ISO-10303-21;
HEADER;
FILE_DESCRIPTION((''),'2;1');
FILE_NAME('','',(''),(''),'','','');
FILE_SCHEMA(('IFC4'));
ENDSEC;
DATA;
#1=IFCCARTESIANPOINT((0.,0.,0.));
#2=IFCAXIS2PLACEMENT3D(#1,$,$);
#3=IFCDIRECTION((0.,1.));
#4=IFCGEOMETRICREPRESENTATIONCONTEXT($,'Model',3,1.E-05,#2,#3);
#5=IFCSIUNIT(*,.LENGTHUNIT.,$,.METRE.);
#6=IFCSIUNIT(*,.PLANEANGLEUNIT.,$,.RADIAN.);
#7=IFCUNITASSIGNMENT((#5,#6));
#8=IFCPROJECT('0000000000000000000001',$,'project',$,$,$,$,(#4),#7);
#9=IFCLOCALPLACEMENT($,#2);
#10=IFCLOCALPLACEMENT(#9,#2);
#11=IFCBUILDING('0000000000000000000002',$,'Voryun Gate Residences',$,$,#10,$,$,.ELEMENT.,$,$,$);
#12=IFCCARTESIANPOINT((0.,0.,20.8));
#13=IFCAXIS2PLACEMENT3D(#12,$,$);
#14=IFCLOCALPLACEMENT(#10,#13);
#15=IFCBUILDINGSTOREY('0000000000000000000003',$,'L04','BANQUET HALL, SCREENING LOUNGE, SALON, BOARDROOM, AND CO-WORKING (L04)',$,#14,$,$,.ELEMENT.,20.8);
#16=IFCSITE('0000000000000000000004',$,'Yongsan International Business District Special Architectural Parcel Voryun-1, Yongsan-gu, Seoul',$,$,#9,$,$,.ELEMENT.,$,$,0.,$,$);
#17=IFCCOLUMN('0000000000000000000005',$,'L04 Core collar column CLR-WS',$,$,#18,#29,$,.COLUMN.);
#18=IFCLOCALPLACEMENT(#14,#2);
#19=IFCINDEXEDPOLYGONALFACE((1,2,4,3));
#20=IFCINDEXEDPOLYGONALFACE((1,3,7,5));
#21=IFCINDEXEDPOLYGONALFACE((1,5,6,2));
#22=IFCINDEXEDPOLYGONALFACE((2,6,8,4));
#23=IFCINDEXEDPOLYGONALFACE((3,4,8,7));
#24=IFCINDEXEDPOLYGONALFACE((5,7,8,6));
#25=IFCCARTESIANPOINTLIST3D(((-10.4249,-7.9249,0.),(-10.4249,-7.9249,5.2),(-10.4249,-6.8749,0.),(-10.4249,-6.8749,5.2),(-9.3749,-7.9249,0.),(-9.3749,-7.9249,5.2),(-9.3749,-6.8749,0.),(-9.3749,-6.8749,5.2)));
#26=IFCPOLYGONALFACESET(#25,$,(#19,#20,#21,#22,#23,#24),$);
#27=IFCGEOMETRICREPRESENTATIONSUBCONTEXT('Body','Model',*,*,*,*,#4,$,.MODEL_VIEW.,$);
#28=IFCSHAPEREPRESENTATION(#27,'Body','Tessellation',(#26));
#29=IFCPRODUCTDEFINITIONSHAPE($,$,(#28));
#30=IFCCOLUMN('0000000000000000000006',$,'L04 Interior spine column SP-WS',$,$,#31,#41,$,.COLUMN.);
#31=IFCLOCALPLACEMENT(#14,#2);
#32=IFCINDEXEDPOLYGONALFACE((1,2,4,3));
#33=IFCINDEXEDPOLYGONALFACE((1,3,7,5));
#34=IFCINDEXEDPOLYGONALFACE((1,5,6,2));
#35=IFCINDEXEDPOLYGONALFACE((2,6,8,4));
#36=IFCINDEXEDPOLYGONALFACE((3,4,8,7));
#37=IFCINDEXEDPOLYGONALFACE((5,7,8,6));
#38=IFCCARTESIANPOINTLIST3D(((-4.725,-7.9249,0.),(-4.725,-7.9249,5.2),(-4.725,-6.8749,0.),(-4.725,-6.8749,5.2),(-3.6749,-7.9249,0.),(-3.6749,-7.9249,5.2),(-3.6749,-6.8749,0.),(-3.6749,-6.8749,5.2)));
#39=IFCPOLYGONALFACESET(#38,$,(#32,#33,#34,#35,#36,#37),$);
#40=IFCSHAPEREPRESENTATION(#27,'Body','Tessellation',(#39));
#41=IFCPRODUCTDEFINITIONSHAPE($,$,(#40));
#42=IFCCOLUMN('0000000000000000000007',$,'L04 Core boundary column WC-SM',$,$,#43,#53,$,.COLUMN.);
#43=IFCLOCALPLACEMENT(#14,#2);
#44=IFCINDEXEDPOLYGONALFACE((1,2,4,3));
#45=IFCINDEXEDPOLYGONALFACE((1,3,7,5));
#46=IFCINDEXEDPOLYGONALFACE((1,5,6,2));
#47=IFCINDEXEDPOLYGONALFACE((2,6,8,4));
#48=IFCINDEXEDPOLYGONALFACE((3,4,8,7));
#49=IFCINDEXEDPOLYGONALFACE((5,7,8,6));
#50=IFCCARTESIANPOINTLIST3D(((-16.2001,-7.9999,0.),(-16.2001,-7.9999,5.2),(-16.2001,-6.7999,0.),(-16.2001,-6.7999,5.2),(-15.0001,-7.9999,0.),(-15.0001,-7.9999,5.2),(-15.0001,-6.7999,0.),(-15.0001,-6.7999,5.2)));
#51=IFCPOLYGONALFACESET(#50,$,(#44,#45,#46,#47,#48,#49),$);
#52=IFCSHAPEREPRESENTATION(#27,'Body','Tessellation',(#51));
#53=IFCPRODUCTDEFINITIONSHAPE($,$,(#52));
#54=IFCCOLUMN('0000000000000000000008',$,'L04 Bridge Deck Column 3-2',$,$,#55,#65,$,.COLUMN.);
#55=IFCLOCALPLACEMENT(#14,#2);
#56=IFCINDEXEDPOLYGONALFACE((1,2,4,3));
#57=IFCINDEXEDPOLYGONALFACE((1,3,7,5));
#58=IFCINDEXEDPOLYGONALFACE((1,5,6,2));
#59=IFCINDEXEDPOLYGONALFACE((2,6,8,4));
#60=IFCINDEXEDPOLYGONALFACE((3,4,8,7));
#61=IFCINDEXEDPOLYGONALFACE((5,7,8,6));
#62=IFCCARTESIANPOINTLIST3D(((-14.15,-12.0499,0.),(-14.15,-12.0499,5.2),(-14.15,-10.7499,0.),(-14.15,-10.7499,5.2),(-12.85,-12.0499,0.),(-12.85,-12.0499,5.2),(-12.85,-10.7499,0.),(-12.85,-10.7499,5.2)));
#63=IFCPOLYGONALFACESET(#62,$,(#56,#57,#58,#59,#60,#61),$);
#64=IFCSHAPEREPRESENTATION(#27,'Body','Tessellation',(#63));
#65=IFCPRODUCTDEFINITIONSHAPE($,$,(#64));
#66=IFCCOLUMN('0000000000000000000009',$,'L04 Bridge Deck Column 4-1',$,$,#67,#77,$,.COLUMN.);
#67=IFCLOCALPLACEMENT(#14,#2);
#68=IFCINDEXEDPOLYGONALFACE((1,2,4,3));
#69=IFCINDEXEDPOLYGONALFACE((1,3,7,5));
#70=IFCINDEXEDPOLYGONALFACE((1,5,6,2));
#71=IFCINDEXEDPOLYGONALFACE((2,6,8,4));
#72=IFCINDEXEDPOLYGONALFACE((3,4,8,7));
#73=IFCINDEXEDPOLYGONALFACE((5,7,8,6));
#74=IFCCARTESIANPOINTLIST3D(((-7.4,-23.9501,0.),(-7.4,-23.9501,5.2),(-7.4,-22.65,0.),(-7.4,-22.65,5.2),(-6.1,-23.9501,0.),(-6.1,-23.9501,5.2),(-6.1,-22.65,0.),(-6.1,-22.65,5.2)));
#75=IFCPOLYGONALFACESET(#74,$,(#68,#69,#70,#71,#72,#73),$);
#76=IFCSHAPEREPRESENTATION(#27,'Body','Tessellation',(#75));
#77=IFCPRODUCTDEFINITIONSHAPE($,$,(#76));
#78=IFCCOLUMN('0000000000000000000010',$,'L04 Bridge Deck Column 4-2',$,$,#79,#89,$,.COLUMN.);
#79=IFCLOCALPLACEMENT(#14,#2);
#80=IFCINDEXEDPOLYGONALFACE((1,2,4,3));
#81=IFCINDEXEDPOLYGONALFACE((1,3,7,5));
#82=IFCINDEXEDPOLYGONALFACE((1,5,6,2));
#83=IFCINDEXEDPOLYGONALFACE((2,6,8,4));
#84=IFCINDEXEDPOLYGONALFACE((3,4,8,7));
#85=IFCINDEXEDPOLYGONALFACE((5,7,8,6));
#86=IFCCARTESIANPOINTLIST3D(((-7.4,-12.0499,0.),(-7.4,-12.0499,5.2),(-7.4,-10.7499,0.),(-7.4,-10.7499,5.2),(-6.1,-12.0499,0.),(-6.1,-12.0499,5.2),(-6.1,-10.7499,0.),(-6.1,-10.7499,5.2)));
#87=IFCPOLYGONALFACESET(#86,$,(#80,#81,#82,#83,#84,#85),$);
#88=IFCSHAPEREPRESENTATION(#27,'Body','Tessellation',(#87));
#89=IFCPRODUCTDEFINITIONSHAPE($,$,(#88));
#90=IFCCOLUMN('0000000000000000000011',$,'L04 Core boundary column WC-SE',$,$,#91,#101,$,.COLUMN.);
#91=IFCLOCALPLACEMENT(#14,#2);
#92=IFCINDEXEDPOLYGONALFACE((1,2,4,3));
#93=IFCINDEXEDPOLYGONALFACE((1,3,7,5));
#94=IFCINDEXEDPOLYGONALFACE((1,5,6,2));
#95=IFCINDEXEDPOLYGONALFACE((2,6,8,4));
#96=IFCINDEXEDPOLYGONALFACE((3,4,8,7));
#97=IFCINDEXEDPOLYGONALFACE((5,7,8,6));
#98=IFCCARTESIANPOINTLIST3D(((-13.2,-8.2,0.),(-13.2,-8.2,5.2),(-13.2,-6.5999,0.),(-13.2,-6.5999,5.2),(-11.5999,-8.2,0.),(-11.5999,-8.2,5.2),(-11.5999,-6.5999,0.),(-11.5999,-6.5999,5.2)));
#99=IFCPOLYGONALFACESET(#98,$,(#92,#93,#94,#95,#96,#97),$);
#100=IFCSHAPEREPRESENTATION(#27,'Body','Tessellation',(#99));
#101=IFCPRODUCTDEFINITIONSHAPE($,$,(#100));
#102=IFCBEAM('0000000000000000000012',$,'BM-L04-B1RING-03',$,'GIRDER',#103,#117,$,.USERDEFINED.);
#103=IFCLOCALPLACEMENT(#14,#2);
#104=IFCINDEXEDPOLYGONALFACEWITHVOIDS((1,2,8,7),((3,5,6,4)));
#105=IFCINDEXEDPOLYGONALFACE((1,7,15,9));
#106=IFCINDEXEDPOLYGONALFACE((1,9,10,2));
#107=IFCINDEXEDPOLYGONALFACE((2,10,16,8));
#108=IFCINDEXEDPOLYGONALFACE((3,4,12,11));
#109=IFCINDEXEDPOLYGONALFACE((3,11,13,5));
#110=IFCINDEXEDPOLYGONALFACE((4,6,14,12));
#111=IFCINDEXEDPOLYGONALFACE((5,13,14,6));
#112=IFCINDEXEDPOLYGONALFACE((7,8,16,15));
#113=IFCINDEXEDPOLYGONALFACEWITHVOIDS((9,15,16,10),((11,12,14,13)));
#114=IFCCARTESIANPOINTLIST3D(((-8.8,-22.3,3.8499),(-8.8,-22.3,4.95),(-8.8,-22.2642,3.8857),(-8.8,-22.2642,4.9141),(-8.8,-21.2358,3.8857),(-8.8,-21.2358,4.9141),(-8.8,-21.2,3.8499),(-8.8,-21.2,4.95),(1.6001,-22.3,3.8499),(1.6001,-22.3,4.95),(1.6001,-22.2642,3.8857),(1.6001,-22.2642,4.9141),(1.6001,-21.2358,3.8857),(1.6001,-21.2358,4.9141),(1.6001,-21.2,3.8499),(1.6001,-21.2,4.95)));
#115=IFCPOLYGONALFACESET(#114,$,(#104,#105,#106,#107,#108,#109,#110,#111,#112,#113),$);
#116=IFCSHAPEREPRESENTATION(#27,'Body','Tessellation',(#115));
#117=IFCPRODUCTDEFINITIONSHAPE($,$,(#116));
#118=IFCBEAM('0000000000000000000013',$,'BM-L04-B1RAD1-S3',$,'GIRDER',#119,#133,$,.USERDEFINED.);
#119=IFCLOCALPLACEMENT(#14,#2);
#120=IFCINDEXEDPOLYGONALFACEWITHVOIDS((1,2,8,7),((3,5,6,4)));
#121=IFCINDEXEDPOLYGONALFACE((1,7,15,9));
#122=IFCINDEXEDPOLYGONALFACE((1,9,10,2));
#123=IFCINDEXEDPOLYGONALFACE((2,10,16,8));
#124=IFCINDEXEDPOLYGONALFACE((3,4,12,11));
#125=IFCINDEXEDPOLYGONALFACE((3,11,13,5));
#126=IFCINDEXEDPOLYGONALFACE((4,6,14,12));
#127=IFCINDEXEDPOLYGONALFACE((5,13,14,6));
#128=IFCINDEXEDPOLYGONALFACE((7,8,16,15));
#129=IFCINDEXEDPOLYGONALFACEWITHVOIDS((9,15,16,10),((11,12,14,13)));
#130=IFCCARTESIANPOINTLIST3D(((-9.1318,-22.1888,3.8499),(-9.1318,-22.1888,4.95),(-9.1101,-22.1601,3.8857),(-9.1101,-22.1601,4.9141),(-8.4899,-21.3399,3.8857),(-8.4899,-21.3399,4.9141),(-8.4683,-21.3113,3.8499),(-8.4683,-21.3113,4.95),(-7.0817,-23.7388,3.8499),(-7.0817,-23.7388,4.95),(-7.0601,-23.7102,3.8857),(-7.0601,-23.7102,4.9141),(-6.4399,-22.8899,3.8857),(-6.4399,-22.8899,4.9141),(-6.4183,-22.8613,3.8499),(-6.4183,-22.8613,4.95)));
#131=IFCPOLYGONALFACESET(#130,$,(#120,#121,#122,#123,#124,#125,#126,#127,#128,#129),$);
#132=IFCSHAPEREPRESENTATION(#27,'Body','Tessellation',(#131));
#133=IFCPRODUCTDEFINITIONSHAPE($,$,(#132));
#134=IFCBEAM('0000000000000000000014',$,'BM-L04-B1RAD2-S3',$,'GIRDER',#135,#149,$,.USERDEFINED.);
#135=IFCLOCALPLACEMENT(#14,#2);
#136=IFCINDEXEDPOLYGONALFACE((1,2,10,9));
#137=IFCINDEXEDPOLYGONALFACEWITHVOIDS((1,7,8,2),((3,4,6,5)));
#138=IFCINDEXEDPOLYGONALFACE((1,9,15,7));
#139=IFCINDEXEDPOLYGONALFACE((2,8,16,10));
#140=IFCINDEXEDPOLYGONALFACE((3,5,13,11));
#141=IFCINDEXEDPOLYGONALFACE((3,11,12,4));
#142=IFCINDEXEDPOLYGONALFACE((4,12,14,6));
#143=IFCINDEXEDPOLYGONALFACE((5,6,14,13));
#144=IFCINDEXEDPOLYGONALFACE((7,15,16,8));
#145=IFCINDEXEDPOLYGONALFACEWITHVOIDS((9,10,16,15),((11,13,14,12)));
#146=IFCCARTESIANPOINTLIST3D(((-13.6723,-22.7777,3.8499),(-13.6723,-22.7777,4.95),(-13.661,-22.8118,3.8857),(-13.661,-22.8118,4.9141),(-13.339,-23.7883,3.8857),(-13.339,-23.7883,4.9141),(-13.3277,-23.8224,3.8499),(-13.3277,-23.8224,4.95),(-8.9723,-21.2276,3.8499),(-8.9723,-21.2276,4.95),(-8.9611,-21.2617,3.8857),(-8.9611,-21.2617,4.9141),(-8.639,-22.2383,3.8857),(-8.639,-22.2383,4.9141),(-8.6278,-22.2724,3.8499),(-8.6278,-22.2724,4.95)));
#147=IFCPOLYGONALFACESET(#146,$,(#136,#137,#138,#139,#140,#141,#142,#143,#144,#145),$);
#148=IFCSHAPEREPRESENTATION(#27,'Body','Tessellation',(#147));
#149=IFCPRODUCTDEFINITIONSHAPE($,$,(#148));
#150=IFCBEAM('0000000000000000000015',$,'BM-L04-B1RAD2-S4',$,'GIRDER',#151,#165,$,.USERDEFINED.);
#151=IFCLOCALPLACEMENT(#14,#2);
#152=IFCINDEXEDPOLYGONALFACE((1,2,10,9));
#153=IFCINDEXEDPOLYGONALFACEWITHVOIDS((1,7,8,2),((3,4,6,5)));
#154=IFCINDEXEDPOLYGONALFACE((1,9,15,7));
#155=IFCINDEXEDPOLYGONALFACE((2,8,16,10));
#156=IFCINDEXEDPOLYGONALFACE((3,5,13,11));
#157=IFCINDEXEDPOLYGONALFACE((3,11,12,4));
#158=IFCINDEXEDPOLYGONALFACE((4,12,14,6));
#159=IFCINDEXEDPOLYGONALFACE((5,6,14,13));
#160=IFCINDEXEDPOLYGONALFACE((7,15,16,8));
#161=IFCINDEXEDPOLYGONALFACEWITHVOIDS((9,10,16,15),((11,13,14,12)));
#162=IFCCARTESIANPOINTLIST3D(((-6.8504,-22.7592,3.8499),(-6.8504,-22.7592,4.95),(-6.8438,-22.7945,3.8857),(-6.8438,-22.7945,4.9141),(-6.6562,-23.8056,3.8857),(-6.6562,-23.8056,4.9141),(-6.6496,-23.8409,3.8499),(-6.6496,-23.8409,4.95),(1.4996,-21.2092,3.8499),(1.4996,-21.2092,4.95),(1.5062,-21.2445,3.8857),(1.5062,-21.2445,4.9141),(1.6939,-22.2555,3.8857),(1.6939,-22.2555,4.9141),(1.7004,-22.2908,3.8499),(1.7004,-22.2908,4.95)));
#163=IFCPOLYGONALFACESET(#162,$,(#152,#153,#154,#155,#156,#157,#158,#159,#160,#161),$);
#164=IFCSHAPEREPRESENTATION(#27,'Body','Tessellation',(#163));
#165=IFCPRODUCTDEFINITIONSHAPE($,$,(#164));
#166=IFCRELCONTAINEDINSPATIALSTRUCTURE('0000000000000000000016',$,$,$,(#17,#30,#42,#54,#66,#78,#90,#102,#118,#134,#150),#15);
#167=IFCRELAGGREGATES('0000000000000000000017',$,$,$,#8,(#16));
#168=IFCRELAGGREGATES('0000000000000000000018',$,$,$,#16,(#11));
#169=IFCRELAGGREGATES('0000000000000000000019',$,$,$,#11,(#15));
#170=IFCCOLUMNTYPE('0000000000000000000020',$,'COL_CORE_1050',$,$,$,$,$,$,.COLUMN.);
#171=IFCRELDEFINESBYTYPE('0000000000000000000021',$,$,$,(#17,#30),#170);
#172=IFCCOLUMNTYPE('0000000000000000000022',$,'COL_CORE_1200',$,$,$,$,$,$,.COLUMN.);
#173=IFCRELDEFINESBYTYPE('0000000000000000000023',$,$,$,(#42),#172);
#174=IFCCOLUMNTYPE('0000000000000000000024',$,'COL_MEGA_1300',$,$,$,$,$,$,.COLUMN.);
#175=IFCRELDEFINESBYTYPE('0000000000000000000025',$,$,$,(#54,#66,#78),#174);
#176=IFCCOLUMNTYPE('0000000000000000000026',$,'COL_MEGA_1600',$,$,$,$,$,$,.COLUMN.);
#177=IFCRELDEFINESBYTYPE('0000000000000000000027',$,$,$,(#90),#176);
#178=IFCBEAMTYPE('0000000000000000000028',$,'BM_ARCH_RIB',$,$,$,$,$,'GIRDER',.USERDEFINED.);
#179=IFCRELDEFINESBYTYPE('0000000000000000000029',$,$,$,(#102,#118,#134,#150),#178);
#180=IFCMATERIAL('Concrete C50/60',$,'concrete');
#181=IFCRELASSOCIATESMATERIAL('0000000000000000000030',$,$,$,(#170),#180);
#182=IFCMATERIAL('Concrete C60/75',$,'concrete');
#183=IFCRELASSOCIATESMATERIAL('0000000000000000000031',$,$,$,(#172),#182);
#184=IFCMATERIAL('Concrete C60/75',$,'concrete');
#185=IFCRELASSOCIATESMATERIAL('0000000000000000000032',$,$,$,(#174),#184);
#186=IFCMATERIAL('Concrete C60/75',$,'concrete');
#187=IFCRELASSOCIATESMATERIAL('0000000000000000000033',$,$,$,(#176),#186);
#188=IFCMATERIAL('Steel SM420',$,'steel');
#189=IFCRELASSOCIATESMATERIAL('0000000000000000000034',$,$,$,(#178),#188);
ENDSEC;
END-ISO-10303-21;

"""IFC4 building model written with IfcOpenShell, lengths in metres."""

from ifc_helpers import new_model, si_unit, direction, frame, origin, origin_2d, place, context, subcontext, project, spatial, rectangle, hollow_rectangle, extrude, material, material_profile, profile_set, type_object, element, save


model = new_model("IFC4")

# Units and contexts
model_context = context("Model", 3, precision=1e-05, world=origin(), true_north=direction((0.0, 1.0)))
body_context = subcontext(model_context, "Body", "Model", "MODEL_VIEW")
ifc_project = project(units=[si_unit("LENGTHUNIT", "METRE"), si_unit("PLANEANGLEUNIT", "RADIAN")], contexts=[model_context])

# Site, building, storey
site_placement = place(None, origin())
site = spatial("IfcSite", under=ifc_project, at=site_placement, Name="Yongsan International Business District Special Architectural Parcel Voryun-1, Yongsan-gu, Seoul", CompositionType="ELEMENT", RefElevation=0.0)
building_placement = place(site_placement, origin())
building = spatial("IfcBuilding", under=site, at=building_placement, Name="Voryun Gate Residences", CompositionType="ELEMENT")
storey_placement = place(building_placement, frame((0.0, 0.0, 20.8)))
storey = spatial("IfcBuildingStorey", under=building, at=storey_placement, Name="L04", Description="BANQUET HALL, SCREENING LOUNGE, SALON, BOARDROOM, AND CO-WORKING (L04)", CompositionType="ELEMENT", Elevation=20.8)

# Columns
ifc_material_1 = material(Name="Concrete C50/60", Category="concrete")
ifc_material_profile_1 = material_profile(ifc_material_1, rectangle(XDim=1.05, YDim=1.05, at=origin_2d()), Name="RC-1050x1050")
ifc_profile_set_1 = profile_set([ifc_material_profile_1], Name="Concrete C50/60")
column_type_1 = type_object("IfcColumnType", Name="COL_CORE_1050", PredefinedType="COLUMN", material=ifc_profile_set_1)
for number, where, z_axis, x_axis, name in (
    (1, (-9.8999, -7.3999, 0.0), (0.0, 0.0, 1.0), (1.0, 0.0, 0.0), "L04 Core collar column CLR-WS"),
    (2, (-4.2, -7.3999, 0.0), (0.0, 0.0, 1.0), (1.0, 0.0, 0.0), "L04 Interior spine column SP-WS"),
):
    element("IfcColumn", number, at=place(storey_placement, frame(where, z_axis=z_axis, x_axis=x_axis)), inside=storey, type_object=column_type_1, Name=name, PredefinedType="COLUMN", context=body_context, shape_type="SweptSolid", body=[
        extrude(rectangle(XDim=1.05, YDim=1.05, at=origin_2d()), origin(), (0.0, 0.0, 1.0), 5.2),
    ])
ifc_material_2 = material(Name="Concrete C60/75", Category="concrete")
ifc_material_profile_2 = material_profile(ifc_material_2, rectangle(XDim=1.2, YDim=1.2, at=origin_2d()), Name="RC-1200x1200")
ifc_profile_set_2 = profile_set([ifc_material_profile_2], Name="Concrete C60/75")
column_type_2 = type_object("IfcColumnType", Name="COL_CORE_1200", PredefinedType="COLUMN", material=ifc_profile_set_2)
column_1_placement = place(storey_placement, frame((-15.6001, -7.3999, 0.0), z_axis=(0.0, 0.0, 1.0), x_axis=(1.0, 0.0, 0.0)))
element("IfcColumn", 3, at=column_1_placement, inside=storey, type_object=column_type_2, Name="L04 Core boundary column WC-SM", PredefinedType="COLUMN", context=body_context, shape_type="SweptSolid", body=[
    extrude(rectangle(XDim=1.2, YDim=1.2, at=origin_2d()), origin(), (0.0, 0.0, 1.0), 5.2),
])
ifc_material_3 = material(Name="Concrete C60/75", Category="concrete")
ifc_material_profile_3 = material_profile(ifc_material_3, rectangle(XDim=1.3, YDim=1.3, at=origin_2d()), Name="RC-1300x1300")
ifc_profile_set_3 = profile_set([ifc_material_profile_3], Name="Concrete C60/75")
column_type_3 = type_object("IfcColumnType", Name="COL_MEGA_1300", PredefinedType="COLUMN", material=ifc_profile_set_3)
for number, where, z_axis, x_axis, name in (
    (4, (-13.5, -11.3999, 0.0), (0.0, 0.0, 1.0), (1.0, 0.0, 0.0), "L04 Bridge Deck Column 3-2"),
    (5, (-6.75, -23.3, 0.0), (0.0, 0.0, 1.0), (1.0, 0.0, 0.0), "L04 Bridge Deck Column 4-1"),
    (6, (-6.75, -11.3999, 0.0), (0.0, 0.0, 1.0), (1.0, 0.0, 0.0), "L04 Bridge Deck Column 4-2"),
):
    element("IfcColumn", number, at=place(storey_placement, frame(where, z_axis=z_axis, x_axis=x_axis)), inside=storey, type_object=column_type_3, Name=name, PredefinedType="COLUMN", context=body_context, shape_type="SweptSolid", body=[
        extrude(rectangle(XDim=1.3, YDim=1.3, at=origin_2d()), origin(), (0.0, 0.0, 1.0), 5.2),
    ])
ifc_material_4 = material(Name="Concrete C60/75", Category="concrete")
ifc_material_profile_4 = material_profile(ifc_material_4, rectangle(XDim=1.6001, YDim=1.6001, at=origin_2d()), Name="RC-1600x1600")
ifc_profile_set_4 = profile_set([ifc_material_profile_4], Name="Concrete C60/75")
column_type_4 = type_object("IfcColumnType", Name="COL_MEGA_1600", PredefinedType="COLUMN", material=ifc_profile_set_4)
column_2_placement = place(storey_placement, frame((-12.3999, -7.3999, 0.0), z_axis=(0.0, 0.0, 1.0), x_axis=(1.0, 0.0, 0.0)))
element("IfcColumn", 7, at=column_2_placement, inside=storey, type_object=column_type_4, Name="L04 Core boundary column WC-SE", PredefinedType="COLUMN", context=body_context, shape_type="SweptSolid", body=[
    extrude(rectangle(XDim=1.6001, YDim=1.6001, at=origin_2d()), origin(), (0.0, 0.0, 1.0), 5.2),
])

# Beams
ifc_material_5 = material(Name="Steel SM420", Category="steel")
ifc_material_profile_5 = material_profile(ifc_material_5, hollow_rectangle(XDim=1.1001, YDim=1.1001, WallThickness=0.0359, at=origin_2d()), Name="BOX-1100x1100x36")
ifc_profile_set_5 = profile_set([ifc_material_profile_5], Name="Steel SM420")
beam_type_1 = type_object("IfcBeamType", Name="BM_ARCH_RIB", ElementType="GIRDER", PredefinedType="USERDEFINED", material=ifc_profile_set_5)
beam_1_placement = place(storey_placement, frame((-8.8, -21.75, 4.3999), z_axis=(1.0, 0.0, 0.0), x_axis=(0.0, 1.0, 0.0)))
element("IfcBeam", 8, at=beam_1_placement, inside=storey, type_object=beam_type_1, Name="BM-L04-B1RING-03", ObjectType="GIRDER", PredefinedType="USERDEFINED", context=body_context, shape_type="SweptSolid", body=[
    extrude(hollow_rectangle(XDim=1.1001, YDim=1.1001, WallThickness=0.0359, at=origin_2d()), origin(), (0.0, 0.0, 1.0), 10.4001),
])
beam_2_placement = place(storey_placement, frame((-6.75, -23.3, 4.3999), z_axis=(-0.797657, 0.603111, 0.0), x_axis=(-0.603111, -0.797657, 0.0)))
element("IfcBeam", 9, at=beam_2_placement, inside=storey, type_object=beam_type_1, Name="BM-L04-B1RAD1-S3", ObjectType="GIRDER", PredefinedType="USERDEFINED", context=body_context, shape_type="SweptSolid", body=[
    extrude(hollow_rectangle(XDim=1.1001, YDim=1.1001, WallThickness=0.0359, at=origin_2d()), origin(), (0.0, 0.0, 1.0), 2.5701),
])
beam_3_placement = place(storey_placement, frame((-13.5, -23.3, 4.3999), z_axis=(0.949685, 0.313207, 0.0), x_axis=(-0.313207, 0.949685, 0.0)))
element("IfcBeam", 10, at=beam_3_placement, inside=storey, type_object=beam_type_1, Name="BM-L04-B1RAD2-S3", ObjectType="GIRDER", PredefinedType="USERDEFINED", context=body_context, shape_type="SweptSolid", body=[
    extrude(hollow_rectangle(XDim=1.1001, YDim=1.1001, WallThickness=0.0359, at=origin_2d()), origin(), (0.0, 0.0, 1.0), 4.949),
])
beam_4_placement = place(storey_placement, frame((-6.75, -23.3, 4.3999), z_axis=(0.983203, 0.182514, 0.0), x_axis=(-0.182514, 0.983203, 0.0)))
element("IfcBeam", 11, at=beam_4_placement, inside=storey, type_object=beam_type_1, Name="BM-L04-B1RAD2-S4", ObjectType="GIRDER", PredefinedType="USERDEFINED", context=body_context, shape_type="SweptSolid", body=[
    extrude(hollow_rectangle(XDim=1.1001, YDim=1.1001, WallThickness=0.0359, at=origin_2d()), origin(), (0.0, 0.0, 1.0), 8.4927),
])

save(model, "model.ifc")
